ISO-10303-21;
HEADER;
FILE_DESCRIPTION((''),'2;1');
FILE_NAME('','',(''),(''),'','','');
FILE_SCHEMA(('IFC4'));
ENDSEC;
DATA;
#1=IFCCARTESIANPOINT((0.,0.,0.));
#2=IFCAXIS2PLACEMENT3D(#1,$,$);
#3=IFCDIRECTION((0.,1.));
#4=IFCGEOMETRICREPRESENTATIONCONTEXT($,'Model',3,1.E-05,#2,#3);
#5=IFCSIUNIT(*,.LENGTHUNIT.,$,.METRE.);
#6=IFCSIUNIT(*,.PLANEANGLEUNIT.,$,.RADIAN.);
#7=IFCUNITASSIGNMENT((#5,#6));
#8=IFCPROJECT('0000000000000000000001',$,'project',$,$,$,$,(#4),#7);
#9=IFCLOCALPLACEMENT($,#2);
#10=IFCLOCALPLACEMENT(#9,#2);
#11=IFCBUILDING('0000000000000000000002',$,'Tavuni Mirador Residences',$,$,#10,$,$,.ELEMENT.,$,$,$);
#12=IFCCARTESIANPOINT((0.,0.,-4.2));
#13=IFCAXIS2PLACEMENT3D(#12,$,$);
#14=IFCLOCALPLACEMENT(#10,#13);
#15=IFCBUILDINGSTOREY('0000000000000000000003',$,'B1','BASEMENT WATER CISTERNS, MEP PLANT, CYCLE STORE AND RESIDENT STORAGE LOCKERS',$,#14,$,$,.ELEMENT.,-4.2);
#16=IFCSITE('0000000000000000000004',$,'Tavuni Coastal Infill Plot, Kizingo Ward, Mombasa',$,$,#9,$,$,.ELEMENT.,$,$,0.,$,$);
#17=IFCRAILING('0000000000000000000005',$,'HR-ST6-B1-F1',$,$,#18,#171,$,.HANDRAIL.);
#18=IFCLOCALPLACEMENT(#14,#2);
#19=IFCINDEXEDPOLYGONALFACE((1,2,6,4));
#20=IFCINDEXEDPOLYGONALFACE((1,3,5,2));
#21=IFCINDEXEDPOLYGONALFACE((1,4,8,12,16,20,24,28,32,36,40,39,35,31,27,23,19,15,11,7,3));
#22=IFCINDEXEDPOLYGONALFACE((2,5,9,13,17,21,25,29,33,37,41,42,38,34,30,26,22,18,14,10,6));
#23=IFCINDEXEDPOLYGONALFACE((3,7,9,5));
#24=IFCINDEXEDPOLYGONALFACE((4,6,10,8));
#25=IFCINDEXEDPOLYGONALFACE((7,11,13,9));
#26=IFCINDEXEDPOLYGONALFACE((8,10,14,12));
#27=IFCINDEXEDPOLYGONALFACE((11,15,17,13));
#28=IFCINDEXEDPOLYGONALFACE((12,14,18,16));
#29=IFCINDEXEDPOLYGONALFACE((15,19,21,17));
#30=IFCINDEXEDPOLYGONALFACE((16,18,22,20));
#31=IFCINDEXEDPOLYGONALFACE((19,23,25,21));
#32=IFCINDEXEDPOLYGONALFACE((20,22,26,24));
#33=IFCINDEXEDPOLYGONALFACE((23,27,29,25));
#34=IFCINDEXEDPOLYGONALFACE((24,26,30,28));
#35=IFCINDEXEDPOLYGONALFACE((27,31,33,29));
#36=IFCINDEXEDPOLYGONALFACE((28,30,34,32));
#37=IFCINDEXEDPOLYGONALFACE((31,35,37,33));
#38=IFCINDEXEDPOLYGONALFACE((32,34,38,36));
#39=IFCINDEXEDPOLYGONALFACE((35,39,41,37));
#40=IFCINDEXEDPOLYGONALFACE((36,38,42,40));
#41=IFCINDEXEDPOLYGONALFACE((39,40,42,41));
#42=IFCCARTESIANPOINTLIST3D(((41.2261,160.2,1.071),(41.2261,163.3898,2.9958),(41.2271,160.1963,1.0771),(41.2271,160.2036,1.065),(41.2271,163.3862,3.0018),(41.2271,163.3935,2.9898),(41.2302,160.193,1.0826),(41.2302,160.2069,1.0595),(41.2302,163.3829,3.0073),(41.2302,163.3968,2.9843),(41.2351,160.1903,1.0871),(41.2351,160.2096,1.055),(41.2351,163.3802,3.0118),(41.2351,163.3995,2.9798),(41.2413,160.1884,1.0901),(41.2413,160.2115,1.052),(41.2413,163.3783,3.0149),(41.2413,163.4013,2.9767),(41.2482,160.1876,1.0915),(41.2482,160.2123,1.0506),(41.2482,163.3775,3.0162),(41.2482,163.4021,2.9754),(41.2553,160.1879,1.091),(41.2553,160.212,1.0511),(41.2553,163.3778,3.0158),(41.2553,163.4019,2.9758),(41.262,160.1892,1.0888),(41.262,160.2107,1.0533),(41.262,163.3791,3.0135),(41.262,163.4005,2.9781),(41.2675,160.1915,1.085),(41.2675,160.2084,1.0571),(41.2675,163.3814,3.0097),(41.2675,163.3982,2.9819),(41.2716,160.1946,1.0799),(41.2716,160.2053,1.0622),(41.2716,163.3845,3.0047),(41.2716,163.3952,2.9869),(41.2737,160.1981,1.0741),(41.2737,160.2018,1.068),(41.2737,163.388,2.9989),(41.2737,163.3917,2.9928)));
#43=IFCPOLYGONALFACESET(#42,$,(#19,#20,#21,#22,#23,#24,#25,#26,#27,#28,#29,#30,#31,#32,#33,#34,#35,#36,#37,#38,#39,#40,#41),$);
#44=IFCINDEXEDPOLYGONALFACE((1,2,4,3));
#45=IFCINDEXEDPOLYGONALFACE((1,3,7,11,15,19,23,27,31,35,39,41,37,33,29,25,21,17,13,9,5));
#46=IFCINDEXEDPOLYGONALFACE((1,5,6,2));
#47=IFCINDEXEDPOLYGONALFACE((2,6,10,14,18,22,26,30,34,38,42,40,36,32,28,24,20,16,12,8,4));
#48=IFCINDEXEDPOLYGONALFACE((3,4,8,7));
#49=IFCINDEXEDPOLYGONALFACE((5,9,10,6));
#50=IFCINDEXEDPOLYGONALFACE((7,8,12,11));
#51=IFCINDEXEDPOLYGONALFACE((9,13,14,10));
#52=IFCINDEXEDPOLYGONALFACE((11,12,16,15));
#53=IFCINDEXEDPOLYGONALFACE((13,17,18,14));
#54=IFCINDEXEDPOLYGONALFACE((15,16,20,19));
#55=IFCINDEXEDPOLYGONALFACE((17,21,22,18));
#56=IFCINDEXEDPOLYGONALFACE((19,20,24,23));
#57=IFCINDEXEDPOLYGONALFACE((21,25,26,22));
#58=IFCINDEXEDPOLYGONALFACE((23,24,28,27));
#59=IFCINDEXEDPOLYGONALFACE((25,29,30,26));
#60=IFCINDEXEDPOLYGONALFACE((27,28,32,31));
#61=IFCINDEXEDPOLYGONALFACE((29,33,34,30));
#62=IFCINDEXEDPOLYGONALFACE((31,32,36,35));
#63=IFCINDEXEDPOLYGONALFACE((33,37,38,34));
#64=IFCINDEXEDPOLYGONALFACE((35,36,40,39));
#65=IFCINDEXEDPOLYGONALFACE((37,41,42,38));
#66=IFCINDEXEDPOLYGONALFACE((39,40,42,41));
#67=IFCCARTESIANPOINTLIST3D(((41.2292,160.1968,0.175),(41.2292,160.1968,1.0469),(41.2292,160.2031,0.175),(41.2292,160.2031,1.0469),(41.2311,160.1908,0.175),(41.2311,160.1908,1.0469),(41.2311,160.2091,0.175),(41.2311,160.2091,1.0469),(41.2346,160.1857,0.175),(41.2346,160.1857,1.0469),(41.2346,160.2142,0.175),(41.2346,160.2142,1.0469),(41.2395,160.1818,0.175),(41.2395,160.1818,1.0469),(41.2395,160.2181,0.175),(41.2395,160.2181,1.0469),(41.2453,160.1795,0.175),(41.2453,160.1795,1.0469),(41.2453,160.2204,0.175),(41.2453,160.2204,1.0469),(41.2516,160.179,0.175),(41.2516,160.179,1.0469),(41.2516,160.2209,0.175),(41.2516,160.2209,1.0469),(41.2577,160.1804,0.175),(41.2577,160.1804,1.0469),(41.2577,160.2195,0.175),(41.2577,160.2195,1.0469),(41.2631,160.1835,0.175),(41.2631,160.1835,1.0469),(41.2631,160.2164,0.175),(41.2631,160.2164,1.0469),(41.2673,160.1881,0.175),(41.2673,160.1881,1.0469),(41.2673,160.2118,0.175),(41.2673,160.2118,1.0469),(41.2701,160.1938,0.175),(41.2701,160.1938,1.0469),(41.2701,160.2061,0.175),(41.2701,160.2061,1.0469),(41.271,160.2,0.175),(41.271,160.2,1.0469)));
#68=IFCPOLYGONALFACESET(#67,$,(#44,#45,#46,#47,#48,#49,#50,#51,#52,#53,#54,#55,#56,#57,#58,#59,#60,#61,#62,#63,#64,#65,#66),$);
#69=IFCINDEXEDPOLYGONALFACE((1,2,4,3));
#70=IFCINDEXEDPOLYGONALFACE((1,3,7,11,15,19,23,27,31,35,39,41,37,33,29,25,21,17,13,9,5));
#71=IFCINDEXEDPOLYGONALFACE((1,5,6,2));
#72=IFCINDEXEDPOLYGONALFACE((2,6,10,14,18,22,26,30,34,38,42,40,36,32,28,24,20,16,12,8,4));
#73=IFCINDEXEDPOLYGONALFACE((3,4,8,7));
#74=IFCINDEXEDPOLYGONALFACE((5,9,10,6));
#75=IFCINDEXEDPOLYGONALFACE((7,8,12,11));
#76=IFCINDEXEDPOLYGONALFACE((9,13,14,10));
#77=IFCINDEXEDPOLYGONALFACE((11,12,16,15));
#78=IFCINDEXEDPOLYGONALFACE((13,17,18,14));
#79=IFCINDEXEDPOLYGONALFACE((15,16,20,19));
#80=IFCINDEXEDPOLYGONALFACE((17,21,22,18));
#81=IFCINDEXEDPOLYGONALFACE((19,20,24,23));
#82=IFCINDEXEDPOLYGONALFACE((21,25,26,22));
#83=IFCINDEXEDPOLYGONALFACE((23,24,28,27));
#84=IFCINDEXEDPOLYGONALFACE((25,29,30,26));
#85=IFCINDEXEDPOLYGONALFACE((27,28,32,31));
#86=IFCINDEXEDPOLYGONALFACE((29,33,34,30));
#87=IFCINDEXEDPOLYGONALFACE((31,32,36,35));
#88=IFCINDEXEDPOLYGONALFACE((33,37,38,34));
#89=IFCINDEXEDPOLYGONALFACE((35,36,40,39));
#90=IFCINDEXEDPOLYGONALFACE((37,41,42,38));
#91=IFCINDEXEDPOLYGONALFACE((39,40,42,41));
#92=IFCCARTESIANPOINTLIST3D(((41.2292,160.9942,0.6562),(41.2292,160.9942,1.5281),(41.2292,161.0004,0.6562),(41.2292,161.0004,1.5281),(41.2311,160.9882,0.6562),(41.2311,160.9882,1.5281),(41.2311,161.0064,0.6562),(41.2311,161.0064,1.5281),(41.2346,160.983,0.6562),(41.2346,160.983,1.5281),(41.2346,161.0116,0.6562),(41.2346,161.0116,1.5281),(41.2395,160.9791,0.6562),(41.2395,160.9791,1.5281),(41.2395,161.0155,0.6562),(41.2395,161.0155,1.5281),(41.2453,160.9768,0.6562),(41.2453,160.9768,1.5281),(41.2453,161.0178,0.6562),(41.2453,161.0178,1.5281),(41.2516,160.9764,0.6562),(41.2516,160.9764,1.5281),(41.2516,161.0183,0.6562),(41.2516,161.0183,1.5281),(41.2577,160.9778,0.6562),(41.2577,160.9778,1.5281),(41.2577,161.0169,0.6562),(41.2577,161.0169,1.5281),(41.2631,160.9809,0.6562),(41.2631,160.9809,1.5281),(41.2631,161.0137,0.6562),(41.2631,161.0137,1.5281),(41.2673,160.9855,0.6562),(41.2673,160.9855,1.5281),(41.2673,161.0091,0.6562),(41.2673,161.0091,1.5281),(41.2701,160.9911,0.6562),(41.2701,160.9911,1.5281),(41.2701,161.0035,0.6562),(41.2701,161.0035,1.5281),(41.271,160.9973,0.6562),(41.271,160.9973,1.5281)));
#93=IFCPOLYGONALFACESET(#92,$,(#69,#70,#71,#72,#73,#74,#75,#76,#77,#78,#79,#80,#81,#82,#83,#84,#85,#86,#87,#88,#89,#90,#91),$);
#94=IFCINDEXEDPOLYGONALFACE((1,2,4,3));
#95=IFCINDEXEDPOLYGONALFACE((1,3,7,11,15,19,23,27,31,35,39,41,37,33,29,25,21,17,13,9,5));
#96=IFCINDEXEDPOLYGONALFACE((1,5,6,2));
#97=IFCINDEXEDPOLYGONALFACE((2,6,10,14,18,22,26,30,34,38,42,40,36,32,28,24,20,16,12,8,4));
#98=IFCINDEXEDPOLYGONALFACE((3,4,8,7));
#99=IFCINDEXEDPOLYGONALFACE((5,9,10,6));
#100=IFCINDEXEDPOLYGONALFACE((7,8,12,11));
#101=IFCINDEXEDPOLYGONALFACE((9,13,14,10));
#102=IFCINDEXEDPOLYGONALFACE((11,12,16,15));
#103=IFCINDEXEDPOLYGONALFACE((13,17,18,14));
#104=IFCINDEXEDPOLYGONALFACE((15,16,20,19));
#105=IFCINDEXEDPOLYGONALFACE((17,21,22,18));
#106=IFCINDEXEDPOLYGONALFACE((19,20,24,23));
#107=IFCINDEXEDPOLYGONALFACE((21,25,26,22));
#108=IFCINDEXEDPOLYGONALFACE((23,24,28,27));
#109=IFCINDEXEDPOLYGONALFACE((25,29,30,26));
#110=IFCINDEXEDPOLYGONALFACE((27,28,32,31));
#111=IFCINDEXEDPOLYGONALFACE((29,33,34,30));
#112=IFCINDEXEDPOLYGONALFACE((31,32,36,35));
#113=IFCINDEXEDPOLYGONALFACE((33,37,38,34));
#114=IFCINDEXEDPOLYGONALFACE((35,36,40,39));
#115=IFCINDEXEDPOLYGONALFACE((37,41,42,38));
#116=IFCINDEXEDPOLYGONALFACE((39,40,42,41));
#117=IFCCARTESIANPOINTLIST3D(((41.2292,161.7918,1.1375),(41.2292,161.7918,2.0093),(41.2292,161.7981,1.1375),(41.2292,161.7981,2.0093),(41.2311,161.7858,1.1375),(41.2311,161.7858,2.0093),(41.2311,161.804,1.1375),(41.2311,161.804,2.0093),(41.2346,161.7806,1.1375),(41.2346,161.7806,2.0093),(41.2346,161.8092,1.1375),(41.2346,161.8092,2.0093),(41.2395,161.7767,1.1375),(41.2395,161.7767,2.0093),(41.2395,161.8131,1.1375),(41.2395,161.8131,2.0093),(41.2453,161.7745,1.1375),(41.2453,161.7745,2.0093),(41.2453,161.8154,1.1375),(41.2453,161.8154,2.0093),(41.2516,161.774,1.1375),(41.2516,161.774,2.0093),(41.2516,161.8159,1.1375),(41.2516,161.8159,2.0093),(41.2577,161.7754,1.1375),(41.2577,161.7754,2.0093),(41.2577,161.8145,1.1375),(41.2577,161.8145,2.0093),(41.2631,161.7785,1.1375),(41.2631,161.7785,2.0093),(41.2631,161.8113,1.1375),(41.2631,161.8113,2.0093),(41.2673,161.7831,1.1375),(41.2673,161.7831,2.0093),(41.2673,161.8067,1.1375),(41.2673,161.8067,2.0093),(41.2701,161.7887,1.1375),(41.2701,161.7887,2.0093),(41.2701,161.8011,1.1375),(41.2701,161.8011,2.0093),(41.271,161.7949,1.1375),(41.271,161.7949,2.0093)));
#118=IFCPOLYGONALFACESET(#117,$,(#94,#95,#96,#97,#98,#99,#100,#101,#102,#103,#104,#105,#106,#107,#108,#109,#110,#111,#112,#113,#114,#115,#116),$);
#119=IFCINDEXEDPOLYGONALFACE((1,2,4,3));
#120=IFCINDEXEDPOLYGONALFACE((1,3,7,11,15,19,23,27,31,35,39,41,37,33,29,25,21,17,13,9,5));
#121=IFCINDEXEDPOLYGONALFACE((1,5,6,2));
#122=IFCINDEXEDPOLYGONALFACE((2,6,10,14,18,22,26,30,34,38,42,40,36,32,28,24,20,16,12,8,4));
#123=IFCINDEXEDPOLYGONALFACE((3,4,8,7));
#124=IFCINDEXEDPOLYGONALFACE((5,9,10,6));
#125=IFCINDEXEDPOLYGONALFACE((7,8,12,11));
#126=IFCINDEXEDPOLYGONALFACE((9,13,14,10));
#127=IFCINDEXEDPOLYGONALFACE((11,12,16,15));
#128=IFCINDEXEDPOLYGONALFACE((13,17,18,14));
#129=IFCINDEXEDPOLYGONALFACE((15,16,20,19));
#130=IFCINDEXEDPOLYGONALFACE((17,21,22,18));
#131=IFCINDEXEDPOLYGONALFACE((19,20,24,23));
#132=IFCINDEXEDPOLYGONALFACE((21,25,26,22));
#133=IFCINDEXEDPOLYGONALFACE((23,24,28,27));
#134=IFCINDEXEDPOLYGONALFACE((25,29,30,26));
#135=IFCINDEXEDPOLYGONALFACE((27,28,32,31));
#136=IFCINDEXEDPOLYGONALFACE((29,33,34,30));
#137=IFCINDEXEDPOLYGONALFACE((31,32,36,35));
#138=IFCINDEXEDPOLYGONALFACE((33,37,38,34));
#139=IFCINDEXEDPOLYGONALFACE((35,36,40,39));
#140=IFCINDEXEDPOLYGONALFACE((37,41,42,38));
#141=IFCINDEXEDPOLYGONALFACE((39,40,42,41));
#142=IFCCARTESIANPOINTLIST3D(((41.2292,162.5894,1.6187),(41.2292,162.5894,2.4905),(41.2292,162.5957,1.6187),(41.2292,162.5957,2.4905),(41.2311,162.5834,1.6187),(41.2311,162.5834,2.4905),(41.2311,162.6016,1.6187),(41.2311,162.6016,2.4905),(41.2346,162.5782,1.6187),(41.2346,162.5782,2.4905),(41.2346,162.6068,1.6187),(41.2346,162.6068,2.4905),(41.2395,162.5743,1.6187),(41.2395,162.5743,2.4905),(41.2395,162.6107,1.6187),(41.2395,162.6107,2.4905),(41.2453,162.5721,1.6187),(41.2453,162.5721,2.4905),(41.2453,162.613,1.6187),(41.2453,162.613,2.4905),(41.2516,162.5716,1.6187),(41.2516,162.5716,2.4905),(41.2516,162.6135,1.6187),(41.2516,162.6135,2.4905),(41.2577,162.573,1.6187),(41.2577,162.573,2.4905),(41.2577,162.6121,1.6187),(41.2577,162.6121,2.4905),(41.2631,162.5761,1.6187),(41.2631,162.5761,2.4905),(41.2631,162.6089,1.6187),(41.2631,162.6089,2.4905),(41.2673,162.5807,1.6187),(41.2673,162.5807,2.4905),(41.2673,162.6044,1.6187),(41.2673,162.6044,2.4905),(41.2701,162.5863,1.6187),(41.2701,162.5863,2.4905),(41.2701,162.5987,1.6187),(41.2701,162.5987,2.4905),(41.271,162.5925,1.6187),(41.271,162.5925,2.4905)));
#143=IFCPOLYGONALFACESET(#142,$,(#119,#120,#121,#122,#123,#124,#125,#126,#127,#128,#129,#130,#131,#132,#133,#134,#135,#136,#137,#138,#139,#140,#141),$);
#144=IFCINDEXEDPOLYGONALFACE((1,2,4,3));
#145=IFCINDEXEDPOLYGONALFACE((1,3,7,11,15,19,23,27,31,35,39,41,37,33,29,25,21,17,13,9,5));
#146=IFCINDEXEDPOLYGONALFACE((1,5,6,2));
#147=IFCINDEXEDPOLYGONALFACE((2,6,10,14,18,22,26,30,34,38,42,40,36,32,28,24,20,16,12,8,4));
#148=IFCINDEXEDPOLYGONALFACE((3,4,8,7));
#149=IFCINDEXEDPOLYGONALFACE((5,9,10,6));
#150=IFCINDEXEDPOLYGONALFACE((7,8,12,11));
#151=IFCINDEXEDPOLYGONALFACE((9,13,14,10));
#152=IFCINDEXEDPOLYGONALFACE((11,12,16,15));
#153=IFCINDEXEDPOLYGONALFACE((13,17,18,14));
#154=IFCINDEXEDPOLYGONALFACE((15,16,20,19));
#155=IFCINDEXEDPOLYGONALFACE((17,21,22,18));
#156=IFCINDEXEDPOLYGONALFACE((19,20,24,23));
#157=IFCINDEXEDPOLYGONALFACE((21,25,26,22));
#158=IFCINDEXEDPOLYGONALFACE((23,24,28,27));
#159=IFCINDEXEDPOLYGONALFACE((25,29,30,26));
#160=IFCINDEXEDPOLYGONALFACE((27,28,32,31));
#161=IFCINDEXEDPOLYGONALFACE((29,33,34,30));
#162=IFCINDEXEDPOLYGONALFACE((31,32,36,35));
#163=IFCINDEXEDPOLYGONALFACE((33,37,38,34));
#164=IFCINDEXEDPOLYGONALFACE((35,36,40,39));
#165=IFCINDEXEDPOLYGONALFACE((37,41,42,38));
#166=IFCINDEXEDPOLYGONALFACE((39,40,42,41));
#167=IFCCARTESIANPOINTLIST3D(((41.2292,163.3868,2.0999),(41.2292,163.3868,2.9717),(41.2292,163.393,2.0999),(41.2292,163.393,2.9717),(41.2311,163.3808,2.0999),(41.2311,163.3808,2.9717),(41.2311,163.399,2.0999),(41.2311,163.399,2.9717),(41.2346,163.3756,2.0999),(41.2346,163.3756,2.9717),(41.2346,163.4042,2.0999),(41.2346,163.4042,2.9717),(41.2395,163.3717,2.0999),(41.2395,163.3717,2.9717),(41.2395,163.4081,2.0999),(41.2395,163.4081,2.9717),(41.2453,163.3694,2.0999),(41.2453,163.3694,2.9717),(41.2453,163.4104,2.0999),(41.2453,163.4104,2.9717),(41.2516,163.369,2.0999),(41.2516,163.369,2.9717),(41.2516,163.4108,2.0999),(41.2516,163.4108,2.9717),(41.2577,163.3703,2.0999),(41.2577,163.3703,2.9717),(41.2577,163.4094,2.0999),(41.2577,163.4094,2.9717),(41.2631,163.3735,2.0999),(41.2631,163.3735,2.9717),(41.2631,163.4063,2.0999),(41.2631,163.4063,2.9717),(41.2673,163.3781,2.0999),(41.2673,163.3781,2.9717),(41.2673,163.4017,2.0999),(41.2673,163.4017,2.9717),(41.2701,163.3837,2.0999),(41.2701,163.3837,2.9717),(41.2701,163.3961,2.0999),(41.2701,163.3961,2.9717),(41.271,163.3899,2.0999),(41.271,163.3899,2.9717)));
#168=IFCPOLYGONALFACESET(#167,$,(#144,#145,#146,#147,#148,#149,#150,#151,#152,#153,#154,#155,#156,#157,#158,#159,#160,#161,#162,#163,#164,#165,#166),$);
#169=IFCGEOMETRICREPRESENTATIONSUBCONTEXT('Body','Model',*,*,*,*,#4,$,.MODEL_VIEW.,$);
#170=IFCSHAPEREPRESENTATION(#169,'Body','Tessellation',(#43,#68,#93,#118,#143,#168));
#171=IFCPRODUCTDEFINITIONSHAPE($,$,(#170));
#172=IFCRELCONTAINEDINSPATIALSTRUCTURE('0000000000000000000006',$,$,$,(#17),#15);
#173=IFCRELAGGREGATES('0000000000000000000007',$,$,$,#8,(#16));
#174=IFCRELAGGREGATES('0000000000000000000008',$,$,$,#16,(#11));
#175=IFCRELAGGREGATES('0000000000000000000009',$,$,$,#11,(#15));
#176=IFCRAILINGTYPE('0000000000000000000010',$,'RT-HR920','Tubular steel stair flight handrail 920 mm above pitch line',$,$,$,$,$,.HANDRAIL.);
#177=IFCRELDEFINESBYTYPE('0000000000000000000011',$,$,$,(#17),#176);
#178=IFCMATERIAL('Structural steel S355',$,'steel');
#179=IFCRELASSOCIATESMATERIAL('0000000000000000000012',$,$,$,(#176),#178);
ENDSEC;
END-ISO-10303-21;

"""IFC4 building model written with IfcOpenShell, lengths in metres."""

from ifc_helpers import new_model, si_unit, direction, frame, origin, origin_2d, place, context, subcontext, project, spatial, circle, extrude, material, type_object, element, save


model = new_model("IFC4")

# Units and contexts
model_context = context("Model", 3, precision=1e-05, world=origin(), true_north=direction((0.0, 1.0)))
body_context = subcontext(model_context, "Body", "Model", "MODEL_VIEW")
ifc_project = project(units=[si_unit("LENGTHUNIT", "METRE"), si_unit("PLANEANGLEUNIT", "RADIAN")], contexts=[model_context])

# Site, building, storey
site_placement = place(None, origin())
site = spatial("IfcSite", under=ifc_project, at=site_placement, Name="Tavuni Coastal Infill Plot, Kizingo Ward, Mombasa", CompositionType="ELEMENT", RefElevation=0.0)
building_placement = place(site_placement, origin())
building = spatial("IfcBuilding", under=site, at=building_placement, Name="Tavuni Mirador Residences", CompositionType="ELEMENT")
storey_placement = place(building_placement, frame((0.0, 0.0, -4.2)))
storey = spatial("IfcBuildingStorey", under=building, at=storey_placement, Name="B1", Description="BASEMENT WATER CISTERNS, MEP PLANT, CYCLE STORE AND RESIDENT STORAGE LOCKERS", CompositionType="ELEMENT", Elevation=-4.2)

# Shared definitions
ifc_material_1 = material(Name="Structural steel S355", Category="steel")

# Railing
railing_type_1 = type_object("IfcRailingType", Name="RT-HR920", Description="Tubular steel stair flight handrail 920 mm above pitch line", PredefinedType="HANDRAIL", material=ifc_material_1)
railing_1_placement = place(storey_placement, frame((41.25, 160.2, 0.175)))
element("IfcRailing", 1, at=railing_1_placement, inside=storey, type_object=railing_type_1, Name="HR-ST6-B1-F1", PredefinedType="HANDRAIL", context=body_context, shape_type="SweptSolid", body=[
    extrude(circle(Radius=0.0239, at=origin_2d()), frame((0.0, 0.0, 0.896), z_axis=(0.0, 0.856207, 0.516633), x_axis=(-1.0, 0.0, 0.0)), (0.0, 0.0, 1.0), 3.7256),
    extrude(circle(Radius=0.021, at=origin_2d()), origin(), (0.0, 0.0, 1.0), 0.8718),
    extrude(circle(Radius=0.021, at=origin_2d()), frame((0.0, 0.7974, 0.4812)), (0.0, 0.0, 1.0), 0.8718),
    extrude(circle(Radius=0.021, at=origin_2d()), frame((0.0, 1.595, 0.9624)), (0.0, 0.0, 1.0), 0.8718),
    extrude(circle(Radius=0.021, at=origin_2d()), frame((0.0, 2.3926, 1.4436)), (0.0, 0.0, 1.0), 0.8718),
    extrude(circle(Radius=0.021, at=origin_2d()), frame((0.0, 3.1899, 1.9248)), (0.0, 0.0, 1.0), 0.8718),
])

save(model, "model.ifc")
